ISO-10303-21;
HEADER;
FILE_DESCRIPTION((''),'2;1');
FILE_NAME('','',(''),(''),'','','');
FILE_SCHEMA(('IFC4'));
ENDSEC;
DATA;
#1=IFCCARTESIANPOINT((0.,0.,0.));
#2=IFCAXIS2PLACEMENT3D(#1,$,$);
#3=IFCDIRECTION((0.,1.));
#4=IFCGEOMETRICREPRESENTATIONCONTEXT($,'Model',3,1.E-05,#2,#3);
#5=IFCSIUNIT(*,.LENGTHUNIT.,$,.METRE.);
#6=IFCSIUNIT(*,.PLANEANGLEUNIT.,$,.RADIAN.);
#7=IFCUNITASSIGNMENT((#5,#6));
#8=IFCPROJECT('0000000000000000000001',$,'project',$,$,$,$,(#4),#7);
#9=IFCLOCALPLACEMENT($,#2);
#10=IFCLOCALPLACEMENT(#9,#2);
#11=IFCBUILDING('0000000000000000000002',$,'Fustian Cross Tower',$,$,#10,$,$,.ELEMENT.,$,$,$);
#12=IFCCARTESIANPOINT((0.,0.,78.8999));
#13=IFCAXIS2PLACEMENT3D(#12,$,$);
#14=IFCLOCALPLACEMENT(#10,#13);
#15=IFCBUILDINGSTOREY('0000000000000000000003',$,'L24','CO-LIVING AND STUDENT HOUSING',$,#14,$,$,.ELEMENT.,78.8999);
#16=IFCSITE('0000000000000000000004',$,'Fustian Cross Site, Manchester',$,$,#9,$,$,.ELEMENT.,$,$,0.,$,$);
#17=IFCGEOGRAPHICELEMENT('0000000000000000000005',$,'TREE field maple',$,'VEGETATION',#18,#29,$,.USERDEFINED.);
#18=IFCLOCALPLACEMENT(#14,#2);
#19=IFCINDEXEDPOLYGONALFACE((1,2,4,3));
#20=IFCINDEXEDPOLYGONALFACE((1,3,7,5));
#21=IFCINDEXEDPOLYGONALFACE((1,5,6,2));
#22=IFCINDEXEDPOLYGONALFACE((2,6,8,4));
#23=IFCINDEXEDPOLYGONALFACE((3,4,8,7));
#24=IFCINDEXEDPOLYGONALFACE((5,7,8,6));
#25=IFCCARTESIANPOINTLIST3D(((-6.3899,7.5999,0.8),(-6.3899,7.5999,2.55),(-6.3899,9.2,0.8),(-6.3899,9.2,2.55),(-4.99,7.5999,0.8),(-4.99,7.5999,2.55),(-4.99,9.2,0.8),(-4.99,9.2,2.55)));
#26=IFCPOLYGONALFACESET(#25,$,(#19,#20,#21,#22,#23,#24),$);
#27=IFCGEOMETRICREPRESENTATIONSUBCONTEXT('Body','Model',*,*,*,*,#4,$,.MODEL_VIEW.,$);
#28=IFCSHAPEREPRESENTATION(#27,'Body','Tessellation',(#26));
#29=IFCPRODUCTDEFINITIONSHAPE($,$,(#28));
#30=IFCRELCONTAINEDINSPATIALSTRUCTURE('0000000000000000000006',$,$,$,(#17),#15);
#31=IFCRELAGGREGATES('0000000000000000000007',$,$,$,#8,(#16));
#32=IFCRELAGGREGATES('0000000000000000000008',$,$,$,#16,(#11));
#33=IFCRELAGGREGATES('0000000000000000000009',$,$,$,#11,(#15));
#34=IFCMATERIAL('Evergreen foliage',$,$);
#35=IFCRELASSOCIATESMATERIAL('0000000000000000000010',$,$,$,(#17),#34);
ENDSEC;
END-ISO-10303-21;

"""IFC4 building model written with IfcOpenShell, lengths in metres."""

from ifc_helpers import new_model, si_unit, direction, frame, origin, origin_2d, place, context, subcontext, project, spatial, rectangle, extrude, material, element, save


model = new_model("IFC4")

# Units and contexts
model_context = context("Model", 3, precision=1e-05, world=origin(), true_north=direction((0.0, 1.0)))
body_context = subcontext(model_context, "Body", "Model", "MODEL_VIEW")
ifc_project = project(units=[si_unit("LENGTHUNIT", "METRE"), si_unit("PLANEANGLEUNIT", "RADIAN")], contexts=[model_context])

# Site, building, storey
site_placement = place(None, origin())
site = spatial("IfcSite", under=ifc_project, at=site_placement, Name="Fustian Cross Site, Manchester", CompositionType="ELEMENT", RefElevation=0.0)
building_placement = place(site_placement, origin())
building = spatial("IfcBuilding", under=site, at=building_placement, Name="Fustian Cross Tower", CompositionType="ELEMENT")
storey_placement = place(building_placement, frame((0.0, 0.0, 78.8999)))
storey = spatial("IfcBuildingStorey", under=building, at=storey_placement, Name="L24", Description="CO-LIVING AND STUDENT HOUSING", CompositionType="ELEMENT", Elevation=78.8999)

# Geographic element
ifc_material_1 = material(Name="Evergreen foliage")
geographic_element_placement = place(storey_placement, frame((-5.6899, 8.3999, 0.8), z_axis=(0.0, 0.0, 1.0), x_axis=(1.0, 0.0, 0.0)))
element("IfcGeographicElement", 1, at=geographic_element_placement, inside=storey, material=ifc_material_1, Name="TREE field maple", ObjectType="VEGETATION", PredefinedType="USERDEFINED", context=body_context, shape_type="SweptSolid", body=[
    extrude(rectangle(XDim=1.3999, YDim=1.6001, at=origin_2d()), origin(), (0.0, 0.0, 1.0), 1.75),
])

save(model, "model.ifc")
